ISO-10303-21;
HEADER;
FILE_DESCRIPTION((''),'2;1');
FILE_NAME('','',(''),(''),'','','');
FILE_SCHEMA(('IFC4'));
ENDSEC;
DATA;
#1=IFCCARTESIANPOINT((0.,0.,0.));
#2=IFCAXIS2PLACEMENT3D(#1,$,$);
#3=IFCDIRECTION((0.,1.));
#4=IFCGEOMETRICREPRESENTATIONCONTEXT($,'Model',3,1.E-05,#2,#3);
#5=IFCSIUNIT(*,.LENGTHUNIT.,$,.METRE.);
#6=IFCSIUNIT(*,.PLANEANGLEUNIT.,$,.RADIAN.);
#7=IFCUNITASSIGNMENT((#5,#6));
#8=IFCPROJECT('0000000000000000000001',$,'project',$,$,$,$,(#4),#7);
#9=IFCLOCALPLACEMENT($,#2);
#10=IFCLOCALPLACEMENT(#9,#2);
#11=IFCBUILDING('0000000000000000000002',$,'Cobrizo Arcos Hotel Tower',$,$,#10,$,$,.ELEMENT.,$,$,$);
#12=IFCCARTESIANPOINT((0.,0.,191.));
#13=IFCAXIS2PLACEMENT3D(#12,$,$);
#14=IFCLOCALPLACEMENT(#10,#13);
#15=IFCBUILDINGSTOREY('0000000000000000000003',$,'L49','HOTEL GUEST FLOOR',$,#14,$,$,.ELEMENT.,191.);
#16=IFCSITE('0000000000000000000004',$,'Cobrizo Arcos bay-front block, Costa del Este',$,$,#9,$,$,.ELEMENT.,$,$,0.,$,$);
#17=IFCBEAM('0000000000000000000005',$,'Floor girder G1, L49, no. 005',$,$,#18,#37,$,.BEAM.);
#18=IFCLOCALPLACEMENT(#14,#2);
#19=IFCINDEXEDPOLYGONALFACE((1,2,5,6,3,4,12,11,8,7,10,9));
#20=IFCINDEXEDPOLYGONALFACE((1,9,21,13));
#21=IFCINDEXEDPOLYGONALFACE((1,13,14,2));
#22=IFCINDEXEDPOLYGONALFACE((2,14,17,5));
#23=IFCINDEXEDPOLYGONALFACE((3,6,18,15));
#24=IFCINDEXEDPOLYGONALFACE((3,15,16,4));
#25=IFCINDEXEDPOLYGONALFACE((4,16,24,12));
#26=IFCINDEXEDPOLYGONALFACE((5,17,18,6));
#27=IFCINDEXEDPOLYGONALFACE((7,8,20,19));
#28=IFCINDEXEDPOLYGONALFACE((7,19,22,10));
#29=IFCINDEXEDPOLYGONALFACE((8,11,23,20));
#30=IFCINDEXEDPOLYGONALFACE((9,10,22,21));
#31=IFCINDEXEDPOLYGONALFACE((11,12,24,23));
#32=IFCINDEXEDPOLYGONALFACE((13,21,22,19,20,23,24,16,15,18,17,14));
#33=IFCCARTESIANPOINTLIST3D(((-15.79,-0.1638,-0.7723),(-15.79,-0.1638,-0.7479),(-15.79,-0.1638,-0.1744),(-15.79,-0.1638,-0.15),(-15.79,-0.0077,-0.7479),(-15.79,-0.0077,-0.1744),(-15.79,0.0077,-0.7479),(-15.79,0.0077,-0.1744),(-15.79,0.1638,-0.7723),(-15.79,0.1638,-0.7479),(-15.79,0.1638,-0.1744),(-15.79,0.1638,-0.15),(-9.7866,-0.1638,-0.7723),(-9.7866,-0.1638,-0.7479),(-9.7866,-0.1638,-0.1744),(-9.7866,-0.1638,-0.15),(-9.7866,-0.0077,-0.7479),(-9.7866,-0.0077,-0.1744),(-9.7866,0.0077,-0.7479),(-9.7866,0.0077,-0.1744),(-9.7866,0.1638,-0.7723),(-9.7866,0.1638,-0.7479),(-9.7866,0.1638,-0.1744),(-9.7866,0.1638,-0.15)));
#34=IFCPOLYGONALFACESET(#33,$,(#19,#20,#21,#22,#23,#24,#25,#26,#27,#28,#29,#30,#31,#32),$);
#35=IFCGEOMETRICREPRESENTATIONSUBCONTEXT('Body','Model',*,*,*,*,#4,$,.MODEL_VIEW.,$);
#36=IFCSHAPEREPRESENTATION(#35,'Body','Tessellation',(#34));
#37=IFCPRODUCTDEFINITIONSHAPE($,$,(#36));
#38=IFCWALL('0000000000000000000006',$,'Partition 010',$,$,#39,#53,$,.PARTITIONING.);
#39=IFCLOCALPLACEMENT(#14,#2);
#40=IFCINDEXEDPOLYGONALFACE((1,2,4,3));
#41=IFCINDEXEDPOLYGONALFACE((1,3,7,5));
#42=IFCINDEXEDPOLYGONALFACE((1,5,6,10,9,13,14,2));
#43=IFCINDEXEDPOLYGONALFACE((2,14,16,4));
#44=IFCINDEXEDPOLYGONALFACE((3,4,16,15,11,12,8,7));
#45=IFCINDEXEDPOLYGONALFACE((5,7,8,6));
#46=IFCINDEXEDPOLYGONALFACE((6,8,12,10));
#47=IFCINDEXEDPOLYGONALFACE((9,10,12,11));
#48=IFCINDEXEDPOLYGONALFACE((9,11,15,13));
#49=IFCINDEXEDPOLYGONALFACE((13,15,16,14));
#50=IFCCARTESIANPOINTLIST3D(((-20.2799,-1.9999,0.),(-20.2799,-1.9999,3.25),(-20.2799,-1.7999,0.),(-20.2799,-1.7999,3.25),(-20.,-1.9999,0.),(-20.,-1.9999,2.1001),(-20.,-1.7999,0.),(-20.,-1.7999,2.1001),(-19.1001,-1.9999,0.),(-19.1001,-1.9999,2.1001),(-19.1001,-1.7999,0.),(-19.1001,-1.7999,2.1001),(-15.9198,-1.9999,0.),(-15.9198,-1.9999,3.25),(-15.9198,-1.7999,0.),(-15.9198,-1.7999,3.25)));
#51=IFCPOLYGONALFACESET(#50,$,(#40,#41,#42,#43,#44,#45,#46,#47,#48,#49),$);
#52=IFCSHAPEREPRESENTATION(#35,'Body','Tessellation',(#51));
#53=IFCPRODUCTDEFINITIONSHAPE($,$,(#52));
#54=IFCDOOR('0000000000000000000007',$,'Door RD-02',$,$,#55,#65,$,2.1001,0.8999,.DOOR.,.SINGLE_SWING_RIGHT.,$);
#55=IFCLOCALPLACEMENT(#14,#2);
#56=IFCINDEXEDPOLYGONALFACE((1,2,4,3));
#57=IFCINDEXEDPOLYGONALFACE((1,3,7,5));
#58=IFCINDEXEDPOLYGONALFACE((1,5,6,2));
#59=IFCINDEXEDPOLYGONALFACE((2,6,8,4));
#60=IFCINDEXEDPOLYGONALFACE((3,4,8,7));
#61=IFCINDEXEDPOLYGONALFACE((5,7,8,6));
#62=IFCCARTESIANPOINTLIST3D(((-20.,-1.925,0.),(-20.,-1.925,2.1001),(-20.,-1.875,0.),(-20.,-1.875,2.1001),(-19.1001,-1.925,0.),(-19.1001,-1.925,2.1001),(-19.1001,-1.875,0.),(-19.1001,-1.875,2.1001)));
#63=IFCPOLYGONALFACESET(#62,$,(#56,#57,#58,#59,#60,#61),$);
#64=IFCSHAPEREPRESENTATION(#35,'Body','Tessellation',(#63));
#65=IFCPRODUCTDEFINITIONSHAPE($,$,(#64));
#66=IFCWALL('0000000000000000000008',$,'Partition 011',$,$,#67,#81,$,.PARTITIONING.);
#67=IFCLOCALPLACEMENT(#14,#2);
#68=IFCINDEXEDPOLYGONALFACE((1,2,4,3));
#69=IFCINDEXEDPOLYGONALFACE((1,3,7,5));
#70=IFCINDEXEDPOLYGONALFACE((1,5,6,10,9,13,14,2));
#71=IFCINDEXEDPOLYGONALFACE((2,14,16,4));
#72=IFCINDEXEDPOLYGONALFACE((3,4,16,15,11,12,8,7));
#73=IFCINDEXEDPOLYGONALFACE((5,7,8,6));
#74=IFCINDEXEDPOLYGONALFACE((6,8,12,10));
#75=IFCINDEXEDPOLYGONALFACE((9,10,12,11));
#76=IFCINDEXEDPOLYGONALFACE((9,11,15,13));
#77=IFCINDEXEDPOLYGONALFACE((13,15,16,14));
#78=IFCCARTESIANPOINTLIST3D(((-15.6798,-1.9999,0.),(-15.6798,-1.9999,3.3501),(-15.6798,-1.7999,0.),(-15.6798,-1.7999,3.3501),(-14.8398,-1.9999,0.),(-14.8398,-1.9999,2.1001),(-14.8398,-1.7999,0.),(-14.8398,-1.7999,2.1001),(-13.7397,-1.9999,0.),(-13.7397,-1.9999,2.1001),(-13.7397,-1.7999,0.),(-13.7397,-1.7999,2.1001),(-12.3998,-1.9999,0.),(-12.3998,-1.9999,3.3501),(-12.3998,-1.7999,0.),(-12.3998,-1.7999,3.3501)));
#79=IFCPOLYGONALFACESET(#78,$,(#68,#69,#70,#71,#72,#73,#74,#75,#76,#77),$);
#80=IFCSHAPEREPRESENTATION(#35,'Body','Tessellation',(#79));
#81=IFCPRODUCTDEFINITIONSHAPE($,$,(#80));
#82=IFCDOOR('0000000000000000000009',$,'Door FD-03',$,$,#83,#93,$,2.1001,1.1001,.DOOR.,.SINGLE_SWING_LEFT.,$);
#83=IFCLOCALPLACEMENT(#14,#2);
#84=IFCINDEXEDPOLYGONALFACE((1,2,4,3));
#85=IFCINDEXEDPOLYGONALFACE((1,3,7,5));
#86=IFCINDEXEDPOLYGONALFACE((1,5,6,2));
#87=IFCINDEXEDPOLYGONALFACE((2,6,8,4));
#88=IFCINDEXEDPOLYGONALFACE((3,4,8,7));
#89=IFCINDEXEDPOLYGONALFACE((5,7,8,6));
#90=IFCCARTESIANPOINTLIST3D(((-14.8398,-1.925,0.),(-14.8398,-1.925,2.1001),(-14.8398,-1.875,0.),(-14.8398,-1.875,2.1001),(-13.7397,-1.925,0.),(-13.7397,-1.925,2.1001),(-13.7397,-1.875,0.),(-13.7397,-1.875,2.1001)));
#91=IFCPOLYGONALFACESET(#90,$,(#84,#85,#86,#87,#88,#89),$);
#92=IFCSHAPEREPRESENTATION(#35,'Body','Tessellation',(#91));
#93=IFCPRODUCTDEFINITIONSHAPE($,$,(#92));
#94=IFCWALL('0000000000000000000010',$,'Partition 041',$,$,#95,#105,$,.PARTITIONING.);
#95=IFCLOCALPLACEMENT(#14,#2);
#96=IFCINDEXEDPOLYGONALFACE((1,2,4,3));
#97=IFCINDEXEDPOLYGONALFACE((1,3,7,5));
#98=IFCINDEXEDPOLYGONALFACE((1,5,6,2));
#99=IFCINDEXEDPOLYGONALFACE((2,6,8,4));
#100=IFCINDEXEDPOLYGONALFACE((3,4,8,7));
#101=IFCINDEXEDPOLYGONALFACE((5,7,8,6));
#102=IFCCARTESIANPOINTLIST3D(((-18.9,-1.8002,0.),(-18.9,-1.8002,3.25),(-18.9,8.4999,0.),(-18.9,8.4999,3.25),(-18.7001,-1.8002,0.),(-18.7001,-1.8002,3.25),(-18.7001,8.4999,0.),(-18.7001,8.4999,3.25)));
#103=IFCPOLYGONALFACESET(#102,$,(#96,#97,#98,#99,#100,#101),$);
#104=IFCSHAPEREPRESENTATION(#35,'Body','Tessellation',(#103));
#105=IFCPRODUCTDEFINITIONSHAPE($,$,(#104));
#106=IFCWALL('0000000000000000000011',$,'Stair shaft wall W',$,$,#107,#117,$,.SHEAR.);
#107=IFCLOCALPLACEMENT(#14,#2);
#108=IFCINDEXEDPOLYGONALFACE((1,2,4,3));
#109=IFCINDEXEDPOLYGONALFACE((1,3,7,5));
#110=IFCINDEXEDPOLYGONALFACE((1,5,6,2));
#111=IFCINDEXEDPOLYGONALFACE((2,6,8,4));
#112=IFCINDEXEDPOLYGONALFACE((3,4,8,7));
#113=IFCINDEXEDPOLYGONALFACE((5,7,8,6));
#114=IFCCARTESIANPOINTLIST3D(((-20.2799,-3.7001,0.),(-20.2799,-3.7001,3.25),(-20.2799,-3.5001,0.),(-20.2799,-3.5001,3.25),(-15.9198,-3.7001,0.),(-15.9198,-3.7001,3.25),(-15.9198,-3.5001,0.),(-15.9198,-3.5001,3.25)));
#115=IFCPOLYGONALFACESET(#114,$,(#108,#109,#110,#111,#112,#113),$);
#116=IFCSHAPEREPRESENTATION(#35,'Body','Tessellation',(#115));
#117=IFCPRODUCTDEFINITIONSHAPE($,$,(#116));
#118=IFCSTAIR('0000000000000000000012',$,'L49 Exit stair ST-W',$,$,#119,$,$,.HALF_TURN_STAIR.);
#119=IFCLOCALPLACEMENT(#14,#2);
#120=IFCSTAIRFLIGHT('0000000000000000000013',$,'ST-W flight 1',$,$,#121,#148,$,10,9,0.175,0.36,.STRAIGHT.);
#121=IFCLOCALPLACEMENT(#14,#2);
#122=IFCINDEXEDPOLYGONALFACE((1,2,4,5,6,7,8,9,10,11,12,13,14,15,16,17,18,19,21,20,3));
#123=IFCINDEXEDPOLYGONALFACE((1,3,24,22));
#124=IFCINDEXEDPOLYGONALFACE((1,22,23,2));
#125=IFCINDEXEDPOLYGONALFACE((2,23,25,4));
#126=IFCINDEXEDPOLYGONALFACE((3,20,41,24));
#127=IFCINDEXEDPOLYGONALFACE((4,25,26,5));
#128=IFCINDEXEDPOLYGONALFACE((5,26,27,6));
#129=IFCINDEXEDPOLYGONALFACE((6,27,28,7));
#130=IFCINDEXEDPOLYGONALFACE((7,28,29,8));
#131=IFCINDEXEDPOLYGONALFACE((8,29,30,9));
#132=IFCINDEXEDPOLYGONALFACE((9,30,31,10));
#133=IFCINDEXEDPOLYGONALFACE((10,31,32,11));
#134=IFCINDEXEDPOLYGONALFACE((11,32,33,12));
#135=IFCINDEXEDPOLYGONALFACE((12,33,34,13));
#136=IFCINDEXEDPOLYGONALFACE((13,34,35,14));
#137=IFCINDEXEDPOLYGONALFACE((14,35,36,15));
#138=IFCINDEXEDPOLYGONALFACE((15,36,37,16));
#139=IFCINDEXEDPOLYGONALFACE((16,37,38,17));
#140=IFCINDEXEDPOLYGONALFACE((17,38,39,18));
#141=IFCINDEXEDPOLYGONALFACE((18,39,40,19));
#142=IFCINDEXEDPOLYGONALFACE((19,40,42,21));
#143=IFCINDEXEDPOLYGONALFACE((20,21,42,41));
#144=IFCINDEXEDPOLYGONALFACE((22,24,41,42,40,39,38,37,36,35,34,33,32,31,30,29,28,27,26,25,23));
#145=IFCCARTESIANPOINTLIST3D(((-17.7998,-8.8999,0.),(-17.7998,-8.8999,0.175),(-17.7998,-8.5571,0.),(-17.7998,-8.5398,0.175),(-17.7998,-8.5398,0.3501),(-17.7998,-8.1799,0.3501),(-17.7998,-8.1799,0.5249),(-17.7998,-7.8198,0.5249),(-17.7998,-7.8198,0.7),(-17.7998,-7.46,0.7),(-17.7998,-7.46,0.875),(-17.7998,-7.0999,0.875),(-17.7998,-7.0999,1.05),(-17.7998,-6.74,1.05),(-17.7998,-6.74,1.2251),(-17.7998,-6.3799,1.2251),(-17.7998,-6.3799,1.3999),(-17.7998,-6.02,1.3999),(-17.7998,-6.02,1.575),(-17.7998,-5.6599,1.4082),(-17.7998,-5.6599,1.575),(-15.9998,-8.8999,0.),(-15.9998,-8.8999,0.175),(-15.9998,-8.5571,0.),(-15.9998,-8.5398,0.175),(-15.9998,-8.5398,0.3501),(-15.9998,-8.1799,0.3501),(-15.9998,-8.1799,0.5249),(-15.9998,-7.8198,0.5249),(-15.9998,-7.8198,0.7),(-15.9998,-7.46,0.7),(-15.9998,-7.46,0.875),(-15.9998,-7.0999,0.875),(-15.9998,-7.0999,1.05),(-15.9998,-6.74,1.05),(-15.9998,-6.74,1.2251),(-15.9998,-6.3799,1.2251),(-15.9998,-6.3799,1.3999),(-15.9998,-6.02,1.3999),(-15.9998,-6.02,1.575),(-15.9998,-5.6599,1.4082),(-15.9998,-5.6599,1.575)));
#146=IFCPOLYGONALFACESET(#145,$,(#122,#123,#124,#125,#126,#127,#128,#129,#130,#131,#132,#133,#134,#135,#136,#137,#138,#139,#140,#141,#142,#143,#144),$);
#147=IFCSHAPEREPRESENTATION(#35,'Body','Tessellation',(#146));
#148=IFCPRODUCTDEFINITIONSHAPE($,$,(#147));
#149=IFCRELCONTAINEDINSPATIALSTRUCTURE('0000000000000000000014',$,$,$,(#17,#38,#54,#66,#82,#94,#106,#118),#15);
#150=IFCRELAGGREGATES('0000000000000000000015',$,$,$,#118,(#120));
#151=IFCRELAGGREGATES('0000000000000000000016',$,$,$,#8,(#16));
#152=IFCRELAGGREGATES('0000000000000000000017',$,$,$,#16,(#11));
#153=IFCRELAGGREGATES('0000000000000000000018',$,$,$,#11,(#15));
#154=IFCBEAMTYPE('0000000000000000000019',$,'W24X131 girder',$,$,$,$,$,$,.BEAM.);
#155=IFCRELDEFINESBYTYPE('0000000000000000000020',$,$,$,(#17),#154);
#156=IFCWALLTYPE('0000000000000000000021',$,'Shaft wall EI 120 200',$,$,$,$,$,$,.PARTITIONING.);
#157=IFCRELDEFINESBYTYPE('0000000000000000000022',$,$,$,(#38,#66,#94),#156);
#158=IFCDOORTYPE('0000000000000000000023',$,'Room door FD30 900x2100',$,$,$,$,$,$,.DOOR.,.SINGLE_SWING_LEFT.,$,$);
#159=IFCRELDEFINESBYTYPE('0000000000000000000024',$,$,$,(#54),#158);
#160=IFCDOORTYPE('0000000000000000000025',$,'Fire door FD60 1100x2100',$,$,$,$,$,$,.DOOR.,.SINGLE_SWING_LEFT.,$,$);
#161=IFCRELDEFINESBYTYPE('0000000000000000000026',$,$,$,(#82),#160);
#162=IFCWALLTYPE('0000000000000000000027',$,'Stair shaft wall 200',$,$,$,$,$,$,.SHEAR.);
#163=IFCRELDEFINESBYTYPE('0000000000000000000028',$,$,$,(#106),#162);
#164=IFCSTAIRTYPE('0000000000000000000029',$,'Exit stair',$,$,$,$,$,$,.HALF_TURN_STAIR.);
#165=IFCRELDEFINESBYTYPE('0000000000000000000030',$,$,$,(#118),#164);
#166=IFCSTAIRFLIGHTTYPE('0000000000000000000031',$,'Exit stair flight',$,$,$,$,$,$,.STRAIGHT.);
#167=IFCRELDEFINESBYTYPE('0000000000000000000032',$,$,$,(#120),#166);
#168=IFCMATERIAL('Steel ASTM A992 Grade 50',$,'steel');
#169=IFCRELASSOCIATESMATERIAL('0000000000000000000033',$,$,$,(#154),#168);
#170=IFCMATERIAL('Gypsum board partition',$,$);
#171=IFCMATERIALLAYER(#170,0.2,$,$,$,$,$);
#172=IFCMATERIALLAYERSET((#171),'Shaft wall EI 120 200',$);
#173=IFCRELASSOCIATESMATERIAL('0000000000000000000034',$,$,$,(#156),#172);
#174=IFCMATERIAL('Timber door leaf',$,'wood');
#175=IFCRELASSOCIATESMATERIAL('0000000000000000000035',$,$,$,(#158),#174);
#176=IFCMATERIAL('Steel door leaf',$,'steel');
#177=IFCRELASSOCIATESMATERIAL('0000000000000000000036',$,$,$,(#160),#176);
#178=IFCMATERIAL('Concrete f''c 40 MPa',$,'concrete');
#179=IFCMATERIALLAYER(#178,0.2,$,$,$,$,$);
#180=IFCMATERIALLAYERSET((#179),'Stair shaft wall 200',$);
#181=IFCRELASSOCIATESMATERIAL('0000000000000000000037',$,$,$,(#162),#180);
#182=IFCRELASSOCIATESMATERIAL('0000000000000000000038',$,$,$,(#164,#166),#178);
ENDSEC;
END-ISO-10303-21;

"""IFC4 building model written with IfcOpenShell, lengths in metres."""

from ifc_helpers import new_model, si_unit, direction, frame, frame_2d, origin, origin_2d, place, context, subcontext, project, spatial, polyline, rectangle, i_section, outline, extrude, material, layer, layer_set, material_profile, profile_set, type_object, element, fill, aggregate, save


model = new_model("IFC4")

# Units and contexts
model_context = context("Model", 3, precision=1e-05, world=origin(), true_north=direction((0.0, 1.0)))
body_context = subcontext(model_context, "Body", "Model", "MODEL_VIEW")
ifc_project = project(units=[si_unit("LENGTHUNIT", "METRE"), si_unit("PLANEANGLEUNIT", "RADIAN")], contexts=[model_context])

# Site, building, storey
site_placement = place(None, origin())
site = spatial("IfcSite", under=ifc_project, at=site_placement, Name="Cobrizo Arcos bay-front block, Costa del Este", CompositionType="ELEMENT", RefElevation=0.0)
building_placement = place(site_placement, origin())
building = spatial("IfcBuilding", under=site, at=building_placement, Name="Cobrizo Arcos Hotel Tower", CompositionType="ELEMENT")
storey_placement = place(building_placement, frame((0.0, 0.0, 191.0)))
storey = spatial("IfcBuildingStorey", under=building, at=storey_placement, Name="L49", Description="HOTEL GUEST FLOOR", CompositionType="ELEMENT", Elevation=191.0)

# Beam
ifc_material_1 = material(Name="Steel ASTM A992 Grade 50", Category="steel")
ifc_material_profile = material_profile(ifc_material_1, i_section(OverallWidth=0.3276, OverallDepth=0.6223, WebThickness=0.0154, FlangeThickness=0.0244, at=origin_2d()), Name="W24X131")
ifc_profile_set = profile_set([ifc_material_profile], Name="Steel ASTM A992 Grade 50")
beam_type = type_object("IfcBeamType", Name="W24X131 girder", PredefinedType="BEAM", material=ifc_profile_set)
beam_placement = place(storey_placement, frame((-15.79, 0.0, -0.4612), z_axis=(1.0, 0.0, 0.0), x_axis=(0.0, 1.0, 0.0)))
element("IfcBeam", 1, at=beam_placement, inside=storey, type_object=beam_type, Name="Floor girder G1, L49, no. 005", PredefinedType="BEAM", context=body_context, shape_type="SweptSolid", body=[
    extrude(i_section(OverallWidth=0.3276, OverallDepth=0.6223, WebThickness=0.0154, FlangeThickness=0.0244, at=origin_2d()), origin(), (0.0, 0.0, 1.0), 6.0034),
])

# Walls, openings, doors
ifc_material_2 = material(Name="Gypsum board partition")
ifc_layer_1 = layer(ifc_material_2, 0.2)
ifc_layer_set_1 = layer_set([ifc_layer_1], Name="Shaft wall EI 120 200")
wall_type_1 = type_object("IfcWallType", Name="Shaft wall EI 120 200", PredefinedType="PARTITIONING", material=ifc_layer_set_1)
wall_1_placement = place(storey_placement, frame((-20.28, -1.8999, 0.0), z_axis=(0.0, 0.0, 1.0), x_axis=(1.0, 0.0, 0.0)))
wall_1 = element("IfcWall", 2, at=wall_1_placement, inside=storey, type_object=wall_type_1, Name="Partition 010", PredefinedType="PARTITIONING", context=body_context, shape_type="SweptSolid", body=[
    extrude(rectangle(XDim=4.3601, YDim=0.2, at=frame_2d((2.1802, 0.0))), origin(), (0.0, 0.0, 1.0), 3.25),
])
opening_1_placement = place(wall_1_placement, frame((0.28, 0.0, 0.0)))
opening_1 = element("IfcOpeningElement", 3, at=opening_1_placement, cuts=wall_1, PredefinedType="OPENING", context=body_context, shape_type="SweptSolid", body=[
    extrude(rectangle(XDim=0.8999, YDim=2.1001, at=frame_2d((0.45, 1.05))), frame((0.0, 0.1121, 0.0), z_axis=(0.0, -1.0, 0.0), x_axis=(1.0, 0.0, 0.0)), (0.0, 0.0, 1.0), 0.2239),
])
ifc_material_3 = material(Name="Timber door leaf", Category="wood")
door_type_1 = type_object("IfcDoorType", Name="Room door FD30 900x2100", OperationType="SINGLE_SWING_LEFT", PredefinedType="DOOR", material=ifc_material_3)
door_1_placement = place(opening_1_placement, origin())
door_1 = element("IfcDoor", 4, at=door_1_placement, inside=storey, type_object=door_type_1, Name="Door RD-02", OperationType="SINGLE_SWING_RIGHT", OverallHeight=2.1001, OverallWidth=0.8999, PredefinedType="DOOR", context=body_context, shape_type="SweptSolid", body=[
    extrude(rectangle(XDim=0.8999, YDim=2.1001, at=frame_2d((0.45, 1.05))), frame((0.0, 0.0249, 0.0), z_axis=(0.0, -1.0, 0.0), x_axis=(1.0, 0.0, 0.0)), (0.0, 0.0, 1.0), 0.05),
])
fill(opening_1, door_1)
wall_2_placement = place(storey_placement, frame((-15.6799, -1.8999, 0.0), z_axis=(0.0, 0.0, 1.0), x_axis=(1.0, 0.0, 0.0)))
wall_2 = element("IfcWall", 5, at=wall_2_placement, inside=storey, type_object=wall_type_1, Name="Partition 011", PredefinedType="PARTITIONING", context=body_context, shape_type="SweptSolid", body=[
    extrude(rectangle(XDim=3.28, YDim=0.2, at=frame_2d((1.6401, 0.0))), origin(), (0.0, 0.0, 1.0), 3.3501),
])
opening_2_placement = place(wall_2_placement, frame((0.8401, 0.0, 0.0)))
opening_2 = element("IfcOpeningElement", 6, at=opening_2_placement, cuts=wall_2, PredefinedType="OPENING", context=body_context, shape_type="SweptSolid", body=[
    extrude(rectangle(XDim=1.1001, YDim=2.1001, at=frame_2d((0.55, 1.05))), frame((0.0, 0.1121, 0.0), z_axis=(0.0, -1.0, 0.0), x_axis=(1.0, 0.0, 0.0)), (0.0, 0.0, 1.0), 0.2239),
])
ifc_material_4 = material(Name="Steel door leaf", Category="steel")
door_type_2 = type_object("IfcDoorType", Name="Fire door FD60 1100x2100", OperationType="SINGLE_SWING_LEFT", PredefinedType="DOOR", material=ifc_material_4)
door_2_placement = place(opening_2_placement, origin())
door_2 = element("IfcDoor", 7, at=door_2_placement, inside=storey, type_object=door_type_2, Name="Door FD-03", OperationType="SINGLE_SWING_LEFT", OverallHeight=2.1001, OverallWidth=1.1001, PredefinedType="DOOR", context=body_context, shape_type="SweptSolid", body=[
    extrude(rectangle(XDim=1.1001, YDim=2.1001, at=frame_2d((0.55, 1.05))), frame((0.0, 0.0249, 0.0), z_axis=(0.0, -1.0, 0.0), x_axis=(1.0, 0.0, 0.0)), (0.0, 0.0, 1.0), 0.05),
])
fill(opening_2, door_2)

# Walls
wall_3_placement = place(storey_placement, frame((-18.8, -1.8, 0.0), z_axis=(0.0, 0.0, 1.0), x_axis=(0.0, 1.0, 0.0)))
element("IfcWall", 8, at=wall_3_placement, inside=storey, type_object=wall_type_1, Name="Partition 041", PredefinedType="PARTITIONING", context=body_context, shape_type="SweptSolid", body=[
    extrude(rectangle(XDim=10.3, YDim=0.2, at=frame_2d((5.1499, 0.0))), origin(), (0.0, 0.0, 1.0), 3.25),
])
ifc_material_5 = material(Name="Concrete f'c 40 MPa", Category="concrete")
ifc_layer_2 = layer(ifc_material_5, 0.2)
ifc_layer_set_2 = layer_set([ifc_layer_2], Name="Stair shaft wall 200")
wall_type_2 = type_object("IfcWallType", Name="Stair shaft wall 200", PredefinedType="SHEAR", material=ifc_layer_set_2)
wall_4_placement = place(storey_placement, frame((-20.28, -3.6001, 0.0), z_axis=(0.0, 0.0, 1.0), x_axis=(1.0, 0.0, 0.0)))
element("IfcWall", 9, at=wall_4_placement, inside=storey, type_object=wall_type_2, Name="Stair shaft wall W", PredefinedType="SHEAR", context=body_context, shape_type="SweptSolid", body=[
    extrude(rectangle(XDim=4.3601, YDim=0.2, at=frame_2d((2.1802, 0.0))), origin(), (0.0, 0.0, 1.0), 3.25),
])

# Stair, stair flight
stair_type = type_object("IfcStairType", Name="Exit stair", PredefinedType="HALF_TURN_STAIR", material=ifc_material_5)
stair_placement = place(storey_placement, origin())
stair = element("IfcStair", 10, at=stair_placement, inside=storey, type_object=stair_type, Name="L49 Exit stair ST-W", PredefinedType="HALF_TURN_STAIR")
stair_flight_type = type_object("IfcStairFlightType", Name="Exit stair flight", PredefinedType="STRAIGHT", material=ifc_material_5)
stair_flight_1_placement = place(storey_placement, frame((-16.8999, -8.8999, 0.0), z_axis=(0.0, 0.0, 1.0), x_axis=(0.0, 1.0, 0.0)))
stair_flight_1 = element("IfcStairFlight", 11, at=stair_flight_1_placement, type_object=stair_flight_type, Name="ST-W flight 1", NumberOfRisers=10, NumberOfTreads=9, PredefinedType="STRAIGHT", RiserHeight=0.175, TreadLength=0.36, context=body_context, shape_type="SweptSolid", body=[
    extrude(outline(polyline([(0.0, 0.0), (0.0, 0.175), (0.3601, 0.175), (0.3601, 0.3501), (0.72, 0.3501), (0.72, 0.5249), (1.0801, 0.5249), (1.0801, 0.7), (1.4399, 0.7), (1.4399, 0.875), (1.8, 0.875), (1.8, 1.05), (2.1599, 1.05), (2.1599, 1.2251), (2.52, 1.2251), (2.52, 1.3999), (2.8799, 1.3999), (2.8799, 1.575), (3.24, 1.575), (3.24, 1.75), (3.24, 1.4082), (0.3428, 0.0), (0.0, 0.0)])), frame((0.0, 0.8999, 0.0), z_axis=(0.0, -1.0, 0.0), x_axis=(1.0, 0.0, 0.0)), (0.0, 0.0, 1.0), 1.8),
])
aggregate(stair, [stair_flight_1])

save(model, "model.ifc")
